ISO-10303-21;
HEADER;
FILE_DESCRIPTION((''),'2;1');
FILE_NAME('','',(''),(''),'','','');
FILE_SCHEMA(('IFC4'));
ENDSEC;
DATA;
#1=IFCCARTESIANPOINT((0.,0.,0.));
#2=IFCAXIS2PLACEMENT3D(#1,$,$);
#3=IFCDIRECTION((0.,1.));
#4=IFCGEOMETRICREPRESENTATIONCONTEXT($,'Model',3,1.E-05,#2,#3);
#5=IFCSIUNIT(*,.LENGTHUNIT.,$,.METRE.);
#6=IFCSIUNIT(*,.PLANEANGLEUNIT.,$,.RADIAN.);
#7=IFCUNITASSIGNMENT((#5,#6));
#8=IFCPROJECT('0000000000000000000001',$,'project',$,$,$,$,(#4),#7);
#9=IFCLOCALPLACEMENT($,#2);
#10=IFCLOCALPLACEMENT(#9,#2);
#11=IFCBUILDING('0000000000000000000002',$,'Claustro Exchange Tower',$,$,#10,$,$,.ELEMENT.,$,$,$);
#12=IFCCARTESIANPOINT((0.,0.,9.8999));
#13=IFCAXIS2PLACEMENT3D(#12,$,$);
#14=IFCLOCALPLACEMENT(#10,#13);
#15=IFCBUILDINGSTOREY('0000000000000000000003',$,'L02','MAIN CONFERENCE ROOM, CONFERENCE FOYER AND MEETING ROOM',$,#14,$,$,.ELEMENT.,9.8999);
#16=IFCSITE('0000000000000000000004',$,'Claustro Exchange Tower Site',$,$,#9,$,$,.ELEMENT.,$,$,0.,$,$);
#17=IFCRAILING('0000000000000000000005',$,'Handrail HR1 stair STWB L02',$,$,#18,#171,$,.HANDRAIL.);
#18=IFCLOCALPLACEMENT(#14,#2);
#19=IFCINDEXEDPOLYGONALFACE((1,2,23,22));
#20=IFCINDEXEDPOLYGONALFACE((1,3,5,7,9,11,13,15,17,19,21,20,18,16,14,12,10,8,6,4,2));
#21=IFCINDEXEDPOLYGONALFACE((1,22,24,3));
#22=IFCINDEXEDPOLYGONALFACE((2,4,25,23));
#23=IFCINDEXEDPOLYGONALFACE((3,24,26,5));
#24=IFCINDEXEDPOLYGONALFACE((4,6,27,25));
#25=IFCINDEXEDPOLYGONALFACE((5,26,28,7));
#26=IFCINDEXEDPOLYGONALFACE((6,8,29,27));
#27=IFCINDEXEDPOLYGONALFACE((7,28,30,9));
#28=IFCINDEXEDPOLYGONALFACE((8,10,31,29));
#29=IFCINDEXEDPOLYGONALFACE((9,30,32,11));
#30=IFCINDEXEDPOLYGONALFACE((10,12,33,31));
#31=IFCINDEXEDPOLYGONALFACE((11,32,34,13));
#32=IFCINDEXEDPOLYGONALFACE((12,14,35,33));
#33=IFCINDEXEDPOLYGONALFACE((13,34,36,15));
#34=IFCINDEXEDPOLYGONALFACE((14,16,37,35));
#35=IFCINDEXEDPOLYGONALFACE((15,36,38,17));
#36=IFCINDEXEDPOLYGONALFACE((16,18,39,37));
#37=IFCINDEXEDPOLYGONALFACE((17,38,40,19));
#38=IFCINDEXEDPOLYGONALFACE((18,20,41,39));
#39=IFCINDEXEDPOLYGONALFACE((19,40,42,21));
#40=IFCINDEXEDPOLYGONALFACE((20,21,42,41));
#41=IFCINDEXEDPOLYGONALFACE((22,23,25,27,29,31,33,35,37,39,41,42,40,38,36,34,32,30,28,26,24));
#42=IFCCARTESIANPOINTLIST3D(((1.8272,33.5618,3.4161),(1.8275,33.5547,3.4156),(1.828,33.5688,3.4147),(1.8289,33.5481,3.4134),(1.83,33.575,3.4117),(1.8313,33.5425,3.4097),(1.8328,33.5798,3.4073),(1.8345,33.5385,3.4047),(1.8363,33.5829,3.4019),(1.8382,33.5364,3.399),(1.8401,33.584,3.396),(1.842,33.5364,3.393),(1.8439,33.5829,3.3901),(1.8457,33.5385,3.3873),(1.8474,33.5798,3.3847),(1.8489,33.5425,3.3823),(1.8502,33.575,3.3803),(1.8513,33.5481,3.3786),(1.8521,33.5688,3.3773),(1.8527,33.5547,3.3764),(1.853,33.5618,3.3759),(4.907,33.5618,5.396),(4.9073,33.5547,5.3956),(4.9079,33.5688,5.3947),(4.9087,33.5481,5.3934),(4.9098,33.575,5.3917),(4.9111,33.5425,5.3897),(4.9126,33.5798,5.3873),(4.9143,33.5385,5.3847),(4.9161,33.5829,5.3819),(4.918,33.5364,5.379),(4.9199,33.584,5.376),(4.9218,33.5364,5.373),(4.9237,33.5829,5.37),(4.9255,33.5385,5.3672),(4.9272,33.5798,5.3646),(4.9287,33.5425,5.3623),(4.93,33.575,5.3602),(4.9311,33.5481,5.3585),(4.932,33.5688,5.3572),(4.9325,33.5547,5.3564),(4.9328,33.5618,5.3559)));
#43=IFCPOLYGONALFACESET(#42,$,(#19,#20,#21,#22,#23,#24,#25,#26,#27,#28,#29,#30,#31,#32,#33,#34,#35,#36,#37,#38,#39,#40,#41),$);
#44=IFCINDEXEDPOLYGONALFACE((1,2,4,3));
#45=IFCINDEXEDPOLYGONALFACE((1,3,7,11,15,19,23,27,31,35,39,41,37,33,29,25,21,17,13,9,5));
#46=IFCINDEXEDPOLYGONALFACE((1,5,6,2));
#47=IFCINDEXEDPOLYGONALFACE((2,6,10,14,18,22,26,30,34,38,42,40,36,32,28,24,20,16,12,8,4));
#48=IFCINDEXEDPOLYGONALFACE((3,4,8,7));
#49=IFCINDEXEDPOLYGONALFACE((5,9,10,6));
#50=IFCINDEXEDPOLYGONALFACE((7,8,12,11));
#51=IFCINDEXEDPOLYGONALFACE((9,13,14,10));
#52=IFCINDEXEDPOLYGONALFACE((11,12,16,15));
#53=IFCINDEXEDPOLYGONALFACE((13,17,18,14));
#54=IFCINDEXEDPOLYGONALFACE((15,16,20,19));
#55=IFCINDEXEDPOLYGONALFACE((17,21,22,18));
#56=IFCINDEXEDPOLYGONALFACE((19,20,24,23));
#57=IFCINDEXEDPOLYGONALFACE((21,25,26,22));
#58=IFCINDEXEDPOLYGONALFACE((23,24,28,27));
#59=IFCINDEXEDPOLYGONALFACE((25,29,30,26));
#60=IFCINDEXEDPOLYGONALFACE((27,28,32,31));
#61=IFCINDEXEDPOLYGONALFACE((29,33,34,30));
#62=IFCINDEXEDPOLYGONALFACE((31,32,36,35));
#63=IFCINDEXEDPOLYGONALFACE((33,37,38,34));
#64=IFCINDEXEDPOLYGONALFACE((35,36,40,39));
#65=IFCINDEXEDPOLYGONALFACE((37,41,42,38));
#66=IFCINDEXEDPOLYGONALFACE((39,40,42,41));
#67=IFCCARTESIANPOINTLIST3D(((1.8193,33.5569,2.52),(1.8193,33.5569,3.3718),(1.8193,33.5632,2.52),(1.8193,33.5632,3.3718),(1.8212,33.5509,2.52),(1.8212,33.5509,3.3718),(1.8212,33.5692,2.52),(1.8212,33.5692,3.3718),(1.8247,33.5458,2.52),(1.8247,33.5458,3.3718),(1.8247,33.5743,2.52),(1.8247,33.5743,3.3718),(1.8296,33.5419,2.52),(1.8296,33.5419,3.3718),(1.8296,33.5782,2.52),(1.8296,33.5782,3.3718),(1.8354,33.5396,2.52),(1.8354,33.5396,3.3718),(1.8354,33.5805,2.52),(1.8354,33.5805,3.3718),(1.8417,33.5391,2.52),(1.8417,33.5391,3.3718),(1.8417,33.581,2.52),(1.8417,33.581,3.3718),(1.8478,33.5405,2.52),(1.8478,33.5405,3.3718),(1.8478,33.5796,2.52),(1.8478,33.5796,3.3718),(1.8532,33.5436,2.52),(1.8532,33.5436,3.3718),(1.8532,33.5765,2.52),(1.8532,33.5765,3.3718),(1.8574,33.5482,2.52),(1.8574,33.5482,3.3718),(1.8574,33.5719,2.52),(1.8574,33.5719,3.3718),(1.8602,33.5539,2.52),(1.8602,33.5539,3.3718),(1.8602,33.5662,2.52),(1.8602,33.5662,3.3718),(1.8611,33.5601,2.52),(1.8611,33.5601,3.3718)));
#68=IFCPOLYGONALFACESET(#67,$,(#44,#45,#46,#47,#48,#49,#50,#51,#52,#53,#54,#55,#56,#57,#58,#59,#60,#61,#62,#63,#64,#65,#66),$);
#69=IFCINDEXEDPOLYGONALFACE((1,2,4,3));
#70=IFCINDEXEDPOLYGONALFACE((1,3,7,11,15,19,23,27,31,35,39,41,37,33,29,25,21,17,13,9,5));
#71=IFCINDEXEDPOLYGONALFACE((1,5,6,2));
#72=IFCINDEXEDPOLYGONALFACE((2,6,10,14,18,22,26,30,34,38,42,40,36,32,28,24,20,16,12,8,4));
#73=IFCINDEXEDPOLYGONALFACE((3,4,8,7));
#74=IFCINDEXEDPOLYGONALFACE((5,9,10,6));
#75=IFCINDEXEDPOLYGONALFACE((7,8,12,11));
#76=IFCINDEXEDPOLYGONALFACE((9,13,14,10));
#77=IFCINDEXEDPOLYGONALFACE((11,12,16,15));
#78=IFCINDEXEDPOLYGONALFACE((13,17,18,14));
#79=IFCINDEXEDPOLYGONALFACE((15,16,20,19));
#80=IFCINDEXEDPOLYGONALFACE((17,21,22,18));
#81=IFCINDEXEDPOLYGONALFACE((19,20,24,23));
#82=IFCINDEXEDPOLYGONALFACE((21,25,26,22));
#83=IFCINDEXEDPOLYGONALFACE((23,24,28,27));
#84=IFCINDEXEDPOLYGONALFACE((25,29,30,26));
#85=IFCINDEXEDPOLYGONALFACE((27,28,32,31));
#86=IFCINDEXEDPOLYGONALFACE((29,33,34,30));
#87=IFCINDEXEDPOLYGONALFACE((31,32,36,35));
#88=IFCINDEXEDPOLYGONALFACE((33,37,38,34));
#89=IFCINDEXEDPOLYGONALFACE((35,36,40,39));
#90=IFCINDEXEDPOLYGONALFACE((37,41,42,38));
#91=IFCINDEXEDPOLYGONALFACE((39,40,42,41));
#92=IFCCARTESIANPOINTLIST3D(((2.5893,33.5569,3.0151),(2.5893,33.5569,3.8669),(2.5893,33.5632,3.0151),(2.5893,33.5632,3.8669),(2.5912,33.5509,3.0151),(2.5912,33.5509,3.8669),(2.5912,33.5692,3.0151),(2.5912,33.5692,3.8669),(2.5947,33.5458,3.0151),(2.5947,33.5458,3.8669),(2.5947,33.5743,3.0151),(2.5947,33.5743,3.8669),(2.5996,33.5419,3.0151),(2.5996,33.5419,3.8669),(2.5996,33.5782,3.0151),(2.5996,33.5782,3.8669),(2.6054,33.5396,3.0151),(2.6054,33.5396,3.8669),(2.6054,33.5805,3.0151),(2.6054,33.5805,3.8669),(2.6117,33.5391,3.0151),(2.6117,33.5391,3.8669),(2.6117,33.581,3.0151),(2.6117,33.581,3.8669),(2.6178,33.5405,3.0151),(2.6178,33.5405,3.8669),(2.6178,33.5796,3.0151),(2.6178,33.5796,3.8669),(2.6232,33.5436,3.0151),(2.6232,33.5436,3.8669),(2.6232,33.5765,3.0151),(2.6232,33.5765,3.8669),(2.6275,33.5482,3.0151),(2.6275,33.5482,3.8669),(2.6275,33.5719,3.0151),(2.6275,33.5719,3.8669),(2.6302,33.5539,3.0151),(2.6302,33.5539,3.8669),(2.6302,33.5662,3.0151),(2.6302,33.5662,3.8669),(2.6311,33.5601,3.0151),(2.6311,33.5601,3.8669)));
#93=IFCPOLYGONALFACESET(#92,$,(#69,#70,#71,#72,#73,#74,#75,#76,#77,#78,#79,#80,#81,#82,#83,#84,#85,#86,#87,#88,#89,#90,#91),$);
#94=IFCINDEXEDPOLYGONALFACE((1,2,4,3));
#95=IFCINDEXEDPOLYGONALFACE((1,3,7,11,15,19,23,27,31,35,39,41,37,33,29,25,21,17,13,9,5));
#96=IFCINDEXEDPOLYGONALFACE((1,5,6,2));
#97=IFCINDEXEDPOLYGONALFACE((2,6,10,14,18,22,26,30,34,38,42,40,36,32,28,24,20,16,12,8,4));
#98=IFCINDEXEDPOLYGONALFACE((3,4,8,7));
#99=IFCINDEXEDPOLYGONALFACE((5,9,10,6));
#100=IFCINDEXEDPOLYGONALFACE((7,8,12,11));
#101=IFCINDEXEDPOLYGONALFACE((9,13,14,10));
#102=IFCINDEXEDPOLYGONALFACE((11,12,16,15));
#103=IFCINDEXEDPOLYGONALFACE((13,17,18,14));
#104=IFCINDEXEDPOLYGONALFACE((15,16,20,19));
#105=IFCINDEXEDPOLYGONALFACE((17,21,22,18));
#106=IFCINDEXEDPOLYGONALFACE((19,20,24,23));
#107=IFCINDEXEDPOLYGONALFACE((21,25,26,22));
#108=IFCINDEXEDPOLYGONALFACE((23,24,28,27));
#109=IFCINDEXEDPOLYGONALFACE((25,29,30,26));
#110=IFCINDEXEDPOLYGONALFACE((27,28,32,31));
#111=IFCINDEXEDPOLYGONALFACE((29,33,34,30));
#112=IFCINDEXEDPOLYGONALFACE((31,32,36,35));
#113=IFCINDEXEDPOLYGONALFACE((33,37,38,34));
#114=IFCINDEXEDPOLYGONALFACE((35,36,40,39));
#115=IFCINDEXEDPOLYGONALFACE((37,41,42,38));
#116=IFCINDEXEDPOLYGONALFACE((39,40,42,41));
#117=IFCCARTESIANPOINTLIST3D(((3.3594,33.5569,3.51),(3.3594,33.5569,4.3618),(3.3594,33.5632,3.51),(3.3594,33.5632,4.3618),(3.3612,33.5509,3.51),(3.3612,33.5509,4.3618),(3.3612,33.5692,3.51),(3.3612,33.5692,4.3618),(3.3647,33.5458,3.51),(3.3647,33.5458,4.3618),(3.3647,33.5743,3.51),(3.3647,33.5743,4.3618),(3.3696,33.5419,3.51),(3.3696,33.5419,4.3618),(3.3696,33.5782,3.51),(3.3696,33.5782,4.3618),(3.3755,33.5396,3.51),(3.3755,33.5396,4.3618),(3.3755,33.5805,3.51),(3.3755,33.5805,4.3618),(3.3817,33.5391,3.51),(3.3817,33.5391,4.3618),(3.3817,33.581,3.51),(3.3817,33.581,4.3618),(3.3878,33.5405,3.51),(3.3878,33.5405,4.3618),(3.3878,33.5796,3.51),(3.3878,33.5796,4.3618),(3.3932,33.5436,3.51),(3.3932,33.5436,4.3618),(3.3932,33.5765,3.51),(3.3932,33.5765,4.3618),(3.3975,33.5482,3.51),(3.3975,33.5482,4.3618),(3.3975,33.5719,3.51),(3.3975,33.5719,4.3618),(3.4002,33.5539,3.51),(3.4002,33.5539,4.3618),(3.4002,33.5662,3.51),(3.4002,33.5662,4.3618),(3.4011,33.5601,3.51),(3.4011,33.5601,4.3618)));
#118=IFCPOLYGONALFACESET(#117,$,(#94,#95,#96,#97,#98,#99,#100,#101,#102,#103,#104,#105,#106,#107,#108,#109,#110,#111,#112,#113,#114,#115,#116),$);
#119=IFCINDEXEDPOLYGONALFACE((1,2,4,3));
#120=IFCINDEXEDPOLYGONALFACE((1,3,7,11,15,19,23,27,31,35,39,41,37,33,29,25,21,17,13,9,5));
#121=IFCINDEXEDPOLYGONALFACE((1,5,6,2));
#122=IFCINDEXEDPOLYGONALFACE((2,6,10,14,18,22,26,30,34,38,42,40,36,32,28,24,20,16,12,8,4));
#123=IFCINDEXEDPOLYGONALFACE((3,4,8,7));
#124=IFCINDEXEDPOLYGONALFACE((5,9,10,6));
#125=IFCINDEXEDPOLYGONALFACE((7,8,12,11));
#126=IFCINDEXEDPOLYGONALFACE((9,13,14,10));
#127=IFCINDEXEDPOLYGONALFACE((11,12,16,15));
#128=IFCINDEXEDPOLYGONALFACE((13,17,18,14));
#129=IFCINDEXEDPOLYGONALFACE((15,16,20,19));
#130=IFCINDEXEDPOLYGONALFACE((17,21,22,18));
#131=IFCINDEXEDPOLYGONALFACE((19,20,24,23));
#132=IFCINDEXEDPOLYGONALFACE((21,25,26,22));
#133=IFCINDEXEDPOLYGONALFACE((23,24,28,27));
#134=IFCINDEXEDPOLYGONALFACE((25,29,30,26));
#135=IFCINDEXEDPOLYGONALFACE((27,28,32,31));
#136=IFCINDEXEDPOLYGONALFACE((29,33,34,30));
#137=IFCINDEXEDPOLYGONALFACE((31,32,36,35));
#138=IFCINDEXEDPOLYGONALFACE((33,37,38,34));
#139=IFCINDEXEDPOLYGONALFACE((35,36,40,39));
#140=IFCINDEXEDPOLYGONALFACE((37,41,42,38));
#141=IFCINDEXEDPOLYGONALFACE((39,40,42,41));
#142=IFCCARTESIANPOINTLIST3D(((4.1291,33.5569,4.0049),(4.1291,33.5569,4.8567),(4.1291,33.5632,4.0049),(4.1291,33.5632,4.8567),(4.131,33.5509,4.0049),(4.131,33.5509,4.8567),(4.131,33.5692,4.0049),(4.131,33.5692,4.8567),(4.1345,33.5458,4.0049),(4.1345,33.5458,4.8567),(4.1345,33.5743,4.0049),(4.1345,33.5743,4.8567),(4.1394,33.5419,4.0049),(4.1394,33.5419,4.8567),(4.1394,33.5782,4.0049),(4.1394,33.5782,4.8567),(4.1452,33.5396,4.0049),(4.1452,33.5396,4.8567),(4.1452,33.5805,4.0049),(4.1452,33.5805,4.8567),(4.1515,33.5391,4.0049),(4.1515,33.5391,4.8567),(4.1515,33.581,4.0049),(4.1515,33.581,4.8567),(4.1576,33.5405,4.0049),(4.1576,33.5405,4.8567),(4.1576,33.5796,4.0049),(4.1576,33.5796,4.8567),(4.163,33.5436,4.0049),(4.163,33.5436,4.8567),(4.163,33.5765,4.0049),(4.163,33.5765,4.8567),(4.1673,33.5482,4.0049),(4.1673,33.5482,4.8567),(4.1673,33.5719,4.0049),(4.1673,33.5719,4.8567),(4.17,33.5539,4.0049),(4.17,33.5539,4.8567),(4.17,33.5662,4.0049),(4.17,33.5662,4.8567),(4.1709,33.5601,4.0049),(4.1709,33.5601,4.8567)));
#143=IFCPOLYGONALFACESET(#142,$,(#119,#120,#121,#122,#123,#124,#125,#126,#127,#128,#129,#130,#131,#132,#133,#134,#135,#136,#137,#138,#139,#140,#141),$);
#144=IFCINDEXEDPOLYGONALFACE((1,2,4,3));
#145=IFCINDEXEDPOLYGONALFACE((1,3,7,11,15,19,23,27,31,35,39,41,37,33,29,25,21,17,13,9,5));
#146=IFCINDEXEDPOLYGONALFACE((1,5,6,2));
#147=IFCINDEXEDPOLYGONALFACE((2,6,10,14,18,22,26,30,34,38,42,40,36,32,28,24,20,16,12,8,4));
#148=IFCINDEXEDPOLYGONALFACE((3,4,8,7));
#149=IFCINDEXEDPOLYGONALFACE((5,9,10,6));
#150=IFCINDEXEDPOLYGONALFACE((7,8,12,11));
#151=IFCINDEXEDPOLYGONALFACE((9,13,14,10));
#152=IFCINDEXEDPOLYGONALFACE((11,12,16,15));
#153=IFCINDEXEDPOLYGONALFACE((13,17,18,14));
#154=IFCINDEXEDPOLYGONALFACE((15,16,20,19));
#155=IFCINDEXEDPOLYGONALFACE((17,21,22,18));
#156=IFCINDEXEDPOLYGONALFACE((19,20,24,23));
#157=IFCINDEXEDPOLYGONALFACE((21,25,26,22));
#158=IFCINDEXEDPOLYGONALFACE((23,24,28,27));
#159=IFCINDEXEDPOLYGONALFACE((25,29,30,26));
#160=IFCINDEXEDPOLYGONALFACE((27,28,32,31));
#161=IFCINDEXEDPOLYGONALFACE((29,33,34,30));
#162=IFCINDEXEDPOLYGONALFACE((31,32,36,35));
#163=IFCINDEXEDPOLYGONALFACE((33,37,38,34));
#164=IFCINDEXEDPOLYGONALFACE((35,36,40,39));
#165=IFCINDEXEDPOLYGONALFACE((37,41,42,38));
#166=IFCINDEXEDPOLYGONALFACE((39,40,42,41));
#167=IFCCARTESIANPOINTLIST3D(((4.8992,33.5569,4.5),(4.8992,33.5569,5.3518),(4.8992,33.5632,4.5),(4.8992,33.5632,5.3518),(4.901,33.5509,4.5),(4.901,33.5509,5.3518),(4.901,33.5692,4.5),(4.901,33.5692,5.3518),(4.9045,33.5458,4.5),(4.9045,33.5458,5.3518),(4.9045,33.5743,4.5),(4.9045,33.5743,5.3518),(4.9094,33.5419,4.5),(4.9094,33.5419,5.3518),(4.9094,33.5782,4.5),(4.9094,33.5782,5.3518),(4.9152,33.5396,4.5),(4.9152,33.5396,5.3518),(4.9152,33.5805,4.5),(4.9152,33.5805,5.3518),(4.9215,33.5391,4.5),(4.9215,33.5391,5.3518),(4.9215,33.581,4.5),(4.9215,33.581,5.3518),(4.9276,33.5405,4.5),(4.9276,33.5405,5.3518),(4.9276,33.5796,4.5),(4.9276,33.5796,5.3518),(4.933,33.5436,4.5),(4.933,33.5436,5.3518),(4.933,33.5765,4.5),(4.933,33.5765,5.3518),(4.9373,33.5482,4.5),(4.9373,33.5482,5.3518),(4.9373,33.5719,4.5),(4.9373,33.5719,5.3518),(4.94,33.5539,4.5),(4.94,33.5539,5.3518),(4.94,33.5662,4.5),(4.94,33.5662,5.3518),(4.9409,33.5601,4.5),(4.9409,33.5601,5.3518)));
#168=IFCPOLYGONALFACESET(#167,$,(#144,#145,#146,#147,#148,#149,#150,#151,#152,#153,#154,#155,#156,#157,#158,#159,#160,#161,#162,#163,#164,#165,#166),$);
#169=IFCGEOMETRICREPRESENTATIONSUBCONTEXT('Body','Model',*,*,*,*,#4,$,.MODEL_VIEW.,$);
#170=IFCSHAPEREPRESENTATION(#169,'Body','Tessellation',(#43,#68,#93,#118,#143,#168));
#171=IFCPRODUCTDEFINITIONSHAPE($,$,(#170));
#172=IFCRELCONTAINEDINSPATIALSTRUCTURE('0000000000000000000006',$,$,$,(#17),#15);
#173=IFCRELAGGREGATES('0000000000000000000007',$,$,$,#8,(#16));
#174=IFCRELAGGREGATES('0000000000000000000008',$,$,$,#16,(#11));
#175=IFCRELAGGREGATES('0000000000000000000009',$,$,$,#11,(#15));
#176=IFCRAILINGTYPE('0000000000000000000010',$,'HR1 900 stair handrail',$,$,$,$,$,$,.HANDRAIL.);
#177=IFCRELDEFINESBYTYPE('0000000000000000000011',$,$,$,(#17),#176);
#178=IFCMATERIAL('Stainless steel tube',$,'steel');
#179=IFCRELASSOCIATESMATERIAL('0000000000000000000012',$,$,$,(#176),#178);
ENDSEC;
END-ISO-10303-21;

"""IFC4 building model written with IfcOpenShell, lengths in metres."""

from ifc_helpers import new_model, si_unit, direction, frame, origin, origin_2d, place, context, subcontext, project, spatial, circle, extrude, material, type_object, element, save


model = new_model("IFC4")

# Units and contexts
model_context = context("Model", 3, precision=1e-05, world=origin(), true_north=direction((0.0, 1.0)))
body_context = subcontext(model_context, "Body", "Model", "MODEL_VIEW")
ifc_project = project(units=[si_unit("LENGTHUNIT", "METRE"), si_unit("PLANEANGLEUNIT", "RADIAN")], contexts=[model_context])

# Site, building, storey
site_placement = place(None, origin())
site = spatial("IfcSite", under=ifc_project, at=site_placement, Name="Claustro Exchange Tower Site", CompositionType="ELEMENT", RefElevation=0.0)
building_placement = place(site_placement, origin())
building = spatial("IfcBuilding", under=site, at=building_placement, Name="Claustro Exchange Tower", CompositionType="ELEMENT")
storey_placement = place(building_placement, frame((0.0, 0.0, 9.8999)))
storey = spatial("IfcBuildingStorey", under=building, at=storey_placement, Name="L02", Description="MAIN CONFERENCE ROOM, CONFERENCE FOYER AND MEETING ROOM", CompositionType="ELEMENT", Elevation=9.8999)

# Railing
ifc_material_1 = material(Name="Stainless steel tube", Category="steel")
railing_type = type_object("IfcRailingType", Name="HR1 900 stair handrail", PredefinedType="HANDRAIL", material=ifc_material_1)
railing_placement = place(storey_placement, frame((1.8401, 33.5601, 2.52)))
element("IfcRailing", 1, at=railing_placement, inside=storey, type_object=railing_type, Name="Handrail HR1 stair STWB L02", PredefinedType="HANDRAIL", context=body_context, shape_type="SweptSolid", body=[
    extrude(circle(Radius=0.0239, at=origin_2d()), frame((0.0, 0.0, 0.876), z_axis=(0.841168, 0.0, 0.540774), x_axis=(0.0, 1.0, 0.0)), (0.0, 0.0, 1.0), 3.6614),
    extrude(circle(Radius=0.021, at=origin_2d()), origin(), (0.0, 0.0, 1.0), 0.8518),
    extrude(circle(Radius=0.021, at=origin_2d()), frame((0.77, 0.0, 0.4951)), (0.0, 0.0, 1.0), 0.8518),
    extrude(circle(Radius=0.021, at=origin_2d()), frame((1.54, 0.0, 0.99)), (0.0, 0.0, 1.0), 0.8518),
    extrude(circle(Radius=0.021, at=origin_2d()), frame((2.3098, 0.0, 1.4849)), (0.0, 0.0, 1.0), 0.8518),
    extrude(circle(Radius=0.021, at=origin_2d()), frame((3.0798, 0.0, 1.98)), (0.0, 0.0, 1.0), 0.8518),
])

save(model, "model.ifc")
